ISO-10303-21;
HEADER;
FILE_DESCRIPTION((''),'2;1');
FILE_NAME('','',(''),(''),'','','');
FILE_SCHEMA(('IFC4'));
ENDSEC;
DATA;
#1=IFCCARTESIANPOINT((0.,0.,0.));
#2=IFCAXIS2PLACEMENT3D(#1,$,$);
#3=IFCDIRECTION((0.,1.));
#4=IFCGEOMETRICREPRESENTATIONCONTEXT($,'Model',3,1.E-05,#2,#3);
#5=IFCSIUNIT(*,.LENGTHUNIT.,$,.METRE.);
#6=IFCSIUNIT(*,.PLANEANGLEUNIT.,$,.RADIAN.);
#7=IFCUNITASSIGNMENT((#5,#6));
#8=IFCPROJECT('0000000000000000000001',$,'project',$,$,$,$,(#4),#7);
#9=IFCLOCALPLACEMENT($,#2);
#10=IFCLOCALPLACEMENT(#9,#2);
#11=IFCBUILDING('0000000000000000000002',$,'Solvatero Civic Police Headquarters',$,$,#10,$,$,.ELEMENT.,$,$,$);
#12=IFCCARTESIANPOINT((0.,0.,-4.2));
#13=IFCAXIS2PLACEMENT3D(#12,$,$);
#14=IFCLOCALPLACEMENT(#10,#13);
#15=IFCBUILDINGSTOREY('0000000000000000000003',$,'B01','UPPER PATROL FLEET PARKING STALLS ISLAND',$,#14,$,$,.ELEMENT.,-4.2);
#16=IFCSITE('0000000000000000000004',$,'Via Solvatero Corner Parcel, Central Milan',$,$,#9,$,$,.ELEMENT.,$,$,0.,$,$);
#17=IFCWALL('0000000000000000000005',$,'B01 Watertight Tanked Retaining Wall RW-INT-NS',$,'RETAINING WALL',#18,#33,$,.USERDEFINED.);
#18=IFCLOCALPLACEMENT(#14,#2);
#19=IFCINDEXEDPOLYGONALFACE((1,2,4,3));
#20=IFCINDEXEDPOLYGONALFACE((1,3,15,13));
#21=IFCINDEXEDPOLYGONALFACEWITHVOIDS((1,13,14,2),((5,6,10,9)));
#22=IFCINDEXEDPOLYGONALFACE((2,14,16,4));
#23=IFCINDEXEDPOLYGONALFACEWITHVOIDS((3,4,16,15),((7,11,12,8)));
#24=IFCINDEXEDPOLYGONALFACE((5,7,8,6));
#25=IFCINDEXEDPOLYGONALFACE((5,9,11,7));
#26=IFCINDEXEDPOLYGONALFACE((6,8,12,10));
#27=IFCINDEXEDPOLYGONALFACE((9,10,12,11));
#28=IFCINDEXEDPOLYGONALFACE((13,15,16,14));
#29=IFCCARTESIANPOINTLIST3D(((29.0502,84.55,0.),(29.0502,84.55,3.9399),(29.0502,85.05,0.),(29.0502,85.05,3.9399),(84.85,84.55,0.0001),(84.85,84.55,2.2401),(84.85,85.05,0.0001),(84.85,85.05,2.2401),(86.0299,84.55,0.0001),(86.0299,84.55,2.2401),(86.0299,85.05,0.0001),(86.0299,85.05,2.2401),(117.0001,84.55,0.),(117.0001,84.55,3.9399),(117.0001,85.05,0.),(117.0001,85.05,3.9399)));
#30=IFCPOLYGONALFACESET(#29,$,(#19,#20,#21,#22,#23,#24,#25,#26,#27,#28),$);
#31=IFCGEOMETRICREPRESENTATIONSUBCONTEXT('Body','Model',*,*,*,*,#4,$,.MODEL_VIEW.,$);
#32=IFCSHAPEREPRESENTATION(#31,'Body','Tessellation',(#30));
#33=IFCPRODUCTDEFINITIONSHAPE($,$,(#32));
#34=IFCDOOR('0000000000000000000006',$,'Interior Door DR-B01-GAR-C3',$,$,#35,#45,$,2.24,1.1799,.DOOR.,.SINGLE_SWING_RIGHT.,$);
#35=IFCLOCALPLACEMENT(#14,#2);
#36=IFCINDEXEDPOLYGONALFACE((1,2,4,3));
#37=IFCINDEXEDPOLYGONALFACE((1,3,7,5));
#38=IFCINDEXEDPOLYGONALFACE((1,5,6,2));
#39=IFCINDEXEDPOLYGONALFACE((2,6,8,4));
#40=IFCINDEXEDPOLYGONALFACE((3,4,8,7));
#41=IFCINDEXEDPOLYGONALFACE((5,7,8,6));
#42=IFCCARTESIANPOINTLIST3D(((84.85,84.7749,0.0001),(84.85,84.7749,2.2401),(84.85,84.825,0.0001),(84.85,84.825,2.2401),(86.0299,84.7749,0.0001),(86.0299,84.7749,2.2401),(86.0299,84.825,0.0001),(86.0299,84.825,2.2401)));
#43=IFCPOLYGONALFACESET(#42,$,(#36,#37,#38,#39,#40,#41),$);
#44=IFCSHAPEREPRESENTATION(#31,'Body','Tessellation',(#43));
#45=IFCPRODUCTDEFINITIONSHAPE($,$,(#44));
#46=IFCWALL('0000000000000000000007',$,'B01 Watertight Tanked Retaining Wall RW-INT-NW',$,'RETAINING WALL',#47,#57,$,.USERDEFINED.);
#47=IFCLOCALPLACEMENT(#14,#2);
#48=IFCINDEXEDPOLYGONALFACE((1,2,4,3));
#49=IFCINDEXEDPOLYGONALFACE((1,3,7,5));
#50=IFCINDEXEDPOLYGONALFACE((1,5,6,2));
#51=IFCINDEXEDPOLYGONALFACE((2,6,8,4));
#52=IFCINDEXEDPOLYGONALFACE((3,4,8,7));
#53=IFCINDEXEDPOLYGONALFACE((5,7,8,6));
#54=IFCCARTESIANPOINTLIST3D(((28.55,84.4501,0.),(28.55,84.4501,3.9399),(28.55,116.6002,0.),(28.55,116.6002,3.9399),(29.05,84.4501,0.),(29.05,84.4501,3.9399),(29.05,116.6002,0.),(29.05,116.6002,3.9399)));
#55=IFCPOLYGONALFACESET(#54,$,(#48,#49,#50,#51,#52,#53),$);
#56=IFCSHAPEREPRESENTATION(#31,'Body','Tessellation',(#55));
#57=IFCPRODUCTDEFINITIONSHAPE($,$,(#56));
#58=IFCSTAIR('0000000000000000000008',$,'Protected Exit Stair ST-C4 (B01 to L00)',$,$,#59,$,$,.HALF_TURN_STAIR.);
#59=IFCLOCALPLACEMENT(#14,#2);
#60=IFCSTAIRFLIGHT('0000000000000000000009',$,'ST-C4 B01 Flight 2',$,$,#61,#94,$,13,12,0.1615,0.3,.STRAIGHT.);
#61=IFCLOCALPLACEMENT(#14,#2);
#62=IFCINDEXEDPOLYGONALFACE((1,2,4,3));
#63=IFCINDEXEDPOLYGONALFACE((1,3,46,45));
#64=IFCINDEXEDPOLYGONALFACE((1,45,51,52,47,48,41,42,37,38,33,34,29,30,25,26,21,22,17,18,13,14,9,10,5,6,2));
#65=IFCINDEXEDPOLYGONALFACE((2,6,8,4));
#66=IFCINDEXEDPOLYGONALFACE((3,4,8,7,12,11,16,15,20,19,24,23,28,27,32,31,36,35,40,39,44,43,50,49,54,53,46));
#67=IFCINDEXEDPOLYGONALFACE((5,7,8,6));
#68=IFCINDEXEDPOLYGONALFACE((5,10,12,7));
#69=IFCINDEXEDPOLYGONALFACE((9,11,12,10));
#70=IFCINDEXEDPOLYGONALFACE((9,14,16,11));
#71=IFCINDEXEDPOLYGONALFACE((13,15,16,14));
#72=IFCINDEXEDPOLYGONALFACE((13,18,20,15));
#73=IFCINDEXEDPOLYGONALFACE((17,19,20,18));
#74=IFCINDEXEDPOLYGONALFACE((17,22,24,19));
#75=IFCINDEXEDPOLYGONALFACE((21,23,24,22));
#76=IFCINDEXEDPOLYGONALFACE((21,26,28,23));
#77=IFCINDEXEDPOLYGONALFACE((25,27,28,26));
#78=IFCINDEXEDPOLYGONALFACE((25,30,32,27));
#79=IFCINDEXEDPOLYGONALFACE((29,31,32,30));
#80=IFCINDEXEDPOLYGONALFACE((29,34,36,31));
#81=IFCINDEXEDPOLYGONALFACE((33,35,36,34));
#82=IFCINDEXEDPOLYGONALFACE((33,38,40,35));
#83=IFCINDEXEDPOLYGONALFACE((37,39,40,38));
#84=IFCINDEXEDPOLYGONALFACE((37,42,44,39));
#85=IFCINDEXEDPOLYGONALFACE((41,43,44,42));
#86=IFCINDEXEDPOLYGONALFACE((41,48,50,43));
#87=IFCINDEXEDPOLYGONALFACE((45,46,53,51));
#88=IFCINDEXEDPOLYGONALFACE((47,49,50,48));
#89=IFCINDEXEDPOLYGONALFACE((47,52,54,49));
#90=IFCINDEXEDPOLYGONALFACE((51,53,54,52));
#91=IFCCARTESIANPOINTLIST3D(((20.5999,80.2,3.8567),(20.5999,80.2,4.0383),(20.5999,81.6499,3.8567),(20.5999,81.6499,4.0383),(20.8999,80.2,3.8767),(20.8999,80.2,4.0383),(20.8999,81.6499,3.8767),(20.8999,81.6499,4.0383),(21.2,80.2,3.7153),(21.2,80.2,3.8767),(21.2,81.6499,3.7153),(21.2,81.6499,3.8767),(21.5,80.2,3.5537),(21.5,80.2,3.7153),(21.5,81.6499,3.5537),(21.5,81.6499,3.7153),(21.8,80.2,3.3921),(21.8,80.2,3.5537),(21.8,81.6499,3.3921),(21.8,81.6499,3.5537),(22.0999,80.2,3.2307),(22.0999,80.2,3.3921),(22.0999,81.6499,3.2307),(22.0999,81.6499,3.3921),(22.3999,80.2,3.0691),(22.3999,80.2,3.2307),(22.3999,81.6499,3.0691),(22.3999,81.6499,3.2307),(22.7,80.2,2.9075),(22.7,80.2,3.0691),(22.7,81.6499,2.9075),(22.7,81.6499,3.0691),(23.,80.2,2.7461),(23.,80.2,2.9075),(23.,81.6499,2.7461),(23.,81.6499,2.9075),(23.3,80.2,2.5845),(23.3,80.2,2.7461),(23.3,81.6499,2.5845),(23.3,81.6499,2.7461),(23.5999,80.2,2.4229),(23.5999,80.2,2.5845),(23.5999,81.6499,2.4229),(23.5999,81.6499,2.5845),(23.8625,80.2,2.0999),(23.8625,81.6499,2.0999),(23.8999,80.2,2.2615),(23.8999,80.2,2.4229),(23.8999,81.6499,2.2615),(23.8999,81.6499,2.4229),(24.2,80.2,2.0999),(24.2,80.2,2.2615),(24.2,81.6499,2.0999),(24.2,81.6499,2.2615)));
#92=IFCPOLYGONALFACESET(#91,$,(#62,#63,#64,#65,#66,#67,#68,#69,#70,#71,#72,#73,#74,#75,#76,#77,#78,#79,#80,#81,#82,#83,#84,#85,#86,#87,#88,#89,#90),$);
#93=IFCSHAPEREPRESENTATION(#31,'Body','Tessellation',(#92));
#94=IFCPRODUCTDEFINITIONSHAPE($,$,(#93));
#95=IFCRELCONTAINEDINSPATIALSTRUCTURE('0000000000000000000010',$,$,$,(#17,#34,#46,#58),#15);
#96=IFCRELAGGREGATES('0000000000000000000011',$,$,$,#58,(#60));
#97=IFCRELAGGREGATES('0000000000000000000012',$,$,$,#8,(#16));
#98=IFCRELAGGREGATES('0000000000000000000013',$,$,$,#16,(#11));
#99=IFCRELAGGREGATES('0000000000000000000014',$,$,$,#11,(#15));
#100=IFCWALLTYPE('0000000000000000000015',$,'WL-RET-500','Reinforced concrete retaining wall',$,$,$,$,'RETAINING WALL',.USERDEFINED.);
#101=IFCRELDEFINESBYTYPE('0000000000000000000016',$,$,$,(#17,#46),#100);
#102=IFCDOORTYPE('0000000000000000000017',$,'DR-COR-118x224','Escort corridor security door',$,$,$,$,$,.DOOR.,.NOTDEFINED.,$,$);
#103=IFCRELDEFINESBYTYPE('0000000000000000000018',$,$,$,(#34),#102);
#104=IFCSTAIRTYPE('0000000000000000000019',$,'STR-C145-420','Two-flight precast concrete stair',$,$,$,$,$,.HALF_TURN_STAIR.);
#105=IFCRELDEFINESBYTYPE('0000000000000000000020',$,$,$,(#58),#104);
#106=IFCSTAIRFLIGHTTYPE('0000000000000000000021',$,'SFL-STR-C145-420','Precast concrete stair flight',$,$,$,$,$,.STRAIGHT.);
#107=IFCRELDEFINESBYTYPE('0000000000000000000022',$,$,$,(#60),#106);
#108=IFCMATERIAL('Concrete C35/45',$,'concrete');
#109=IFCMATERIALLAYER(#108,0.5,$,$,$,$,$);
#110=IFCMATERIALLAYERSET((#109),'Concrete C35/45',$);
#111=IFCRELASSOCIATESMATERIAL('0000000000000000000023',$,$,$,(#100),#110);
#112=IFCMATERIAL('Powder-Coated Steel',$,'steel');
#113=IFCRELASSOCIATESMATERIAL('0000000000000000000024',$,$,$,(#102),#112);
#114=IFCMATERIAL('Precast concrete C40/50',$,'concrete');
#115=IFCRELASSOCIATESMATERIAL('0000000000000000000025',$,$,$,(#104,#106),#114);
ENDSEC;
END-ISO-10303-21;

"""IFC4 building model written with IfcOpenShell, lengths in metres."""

from ifc_helpers import new_model, si_unit, direction, frame, frame_2d, origin, place, context, subcontext, project, spatial, polyline, rectangle, outline, extrude, material, layer, layer_set, type_object, element, fill, aggregate, save


model = new_model("IFC4")

# Units and contexts
model_context = context("Model", 3, precision=1e-05, world=origin(), true_north=direction((0.0, 1.0)))
body_context = subcontext(model_context, "Body", "Model", "MODEL_VIEW")
ifc_project = project(units=[si_unit("LENGTHUNIT", "METRE"), si_unit("PLANEANGLEUNIT", "RADIAN")], contexts=[model_context])

# Site, building, storey
site_placement = place(None, origin())
site = spatial("IfcSite", under=ifc_project, at=site_placement, Name="Via Solvatero Corner Parcel, Central Milan", CompositionType="ELEMENT", RefElevation=0.0)
building_placement = place(site_placement, origin())
building = spatial("IfcBuilding", under=site, at=building_placement, Name="Solvatero Civic Police Headquarters", CompositionType="ELEMENT")
storey_placement = place(building_placement, frame((0.0, 0.0, -4.2)))
storey = spatial("IfcBuildingStorey", under=building, at=storey_placement, Name="B01", Description="UPPER PATROL FLEET PARKING STALLS ISLAND", CompositionType="ELEMENT", Elevation=-4.2)

# Wall, opening, door
ifc_material_1 = material(Name="Powder-Coated Steel", Category="steel")
ifc_material_2 = material(Name="Concrete C35/45", Category="concrete")
ifc_layer_1 = layer(ifc_material_2, 0.5)
ifc_layer_set_1 = layer_set([ifc_layer_1], Name="Concrete C35/45")
wall_type_1 = type_object("IfcWallType", Name="WL-RET-500", Description="Reinforced concrete retaining wall", ElementType="RETAINING WALL", PredefinedType="USERDEFINED", material=ifc_layer_set_1)
wall_1_placement = place(storey_placement, frame((29.05, 84.8, 0.0), z_axis=(0.0, 0.0, 1.0), x_axis=(1.0, 0.0, 0.0)))
wall_1 = element("IfcWall", 1, at=wall_1_placement, inside=storey, type_object=wall_type_1, Name="B01 Watertight Tanked Retaining Wall RW-INT-NS", ObjectType="RETAINING WALL", PredefinedType="USERDEFINED", context=body_context, shape_type="SweptSolid", body=[
    extrude(rectangle(XDim=87.95, YDim=0.5, at=frame_2d((43.9751, 0.0))), origin(), (0.0, 0.0, 1.0), 3.9399),
])
opening_1_placement = place(wall_1_placement, frame((55.8, 0.0, 0.0)))
opening_1 = element("IfcOpeningElement", 2, at=opening_1_placement, cuts=wall_1, PredefinedType="OPENING", context=body_context, shape_type="SweptSolid", body=[
    extrude(rectangle(XDim=1.1799, YDim=2.24, at=frame_2d((0.5898, 1.1201))), frame((0.0, 0.26, 0.0), z_axis=(0.0, -1.0, 0.0), x_axis=(1.0, 0.0, 0.0)), (0.0, 0.0, 1.0), 0.52),
])
door_type_1 = type_object("IfcDoorType", Name="DR-COR-118x224", Description="Escort corridor security door", OperationType="NOTDEFINED", PredefinedType="DOOR", material=ifc_material_1)
door_1_placement = place(opening_1_placement, origin())
door_1 = element("IfcDoor", 3, at=door_1_placement, inside=storey, type_object=door_type_1, Name="Interior Door DR-B01-GAR-C3", OperationType="SINGLE_SWING_RIGHT", OverallHeight=2.24, OverallWidth=1.1799, PredefinedType="DOOR", context=body_context, shape_type="SweptSolid", body=[
    extrude(rectangle(XDim=1.1799, YDim=2.24, at=frame_2d((0.5898, 1.1201))), frame((0.0, 0.0249, 0.0), z_axis=(0.0, -1.0, 0.0), x_axis=(1.0, 0.0, 0.0)), (0.0, 0.0, 1.0), 0.05),
])
fill(opening_1, door_1)

# Wall
wall_2_placement = place(storey_placement, frame((28.8, 84.45, 0.0), z_axis=(0.0, 0.0, 1.0), x_axis=(0.0, 1.0, 0.0)))
element("IfcWall", 4, at=wall_2_placement, inside=storey, type_object=wall_type_1, Name="B01 Watertight Tanked Retaining Wall RW-INT-NW", ObjectType="RETAINING WALL", PredefinedType="USERDEFINED", context=body_context, shape_type="SweptSolid", body=[
    extrude(rectangle(XDim=32.1501, YDim=0.5, at=frame_2d((16.0752, 0.0))), origin(), (0.0, 0.0, 1.0), 3.9399),
])

# Stair, stair flight
ifc_material_3 = material(Name="Precast concrete C40/50", Category="concrete")
stair_type = type_object("IfcStairType", Name="STR-C145-420", Description="Two-flight precast concrete stair", PredefinedType="HALF_TURN_STAIR", material=ifc_material_3)
stair_placement = place(storey_placement, origin())
stair = element("IfcStair", 5, at=stair_placement, inside=storey, type_object=stair_type, Name="Protected Exit Stair ST-C4 (B01 to L00)", PredefinedType="HALF_TURN_STAIR")
stair_flight_type = type_object("IfcStairFlightType", Name="SFL-STR-C145-420", Description="Precast concrete stair flight", PredefinedType="STRAIGHT", material=ifc_material_3)
stair_flight_placement = place(storey_placement, frame((24.2, 80.925, 2.0999), z_axis=(0.0, 0.0, 1.0), x_axis=(-1.0, 0.0, 0.0)))
stair_flight = element("IfcStairFlight", 6, at=stair_flight_placement, type_object=stair_flight_type, Name="ST-C4 B01 Flight 2", NumberOfRisers=13, NumberOfTreads=12, PredefinedType="STRAIGHT", RiserHeight=0.1615, TreadLength=0.3, context=body_context, shape_type="SweptSolid", body=[
    extrude(outline(polyline([(0.0, 0.0), (0.0, 0.1616), (0.3, 0.1616), (0.3, 0.323), (0.6001, 0.323), (0.6001, 0.4846), (0.8999, 0.4846), (0.8999, 0.6462), (1.2, 0.6462), (1.2, 0.8076), (1.5, 0.8076), (1.5, 0.9692), (1.8, 0.9692), (1.8, 1.1309), (2.1001, 1.1309), (2.1001, 1.2922), (2.3999, 1.2922), (2.3999, 1.4539), (2.7, 1.4539), (2.7, 1.6155), (3.0, 1.6155), (3.0, 1.7769), (3.3, 1.7769), (3.3, 1.9385), (3.6001, 1.9385), (3.6001, 2.1001), (3.6001, 1.7568), (0.3374, 0.0), (0.0, 0.0)])), frame((0.0, 0.7251, 0.0), z_axis=(0.0, -1.0, 0.0), x_axis=(1.0, 0.0, 0.0)), (0.0, 0.0, 1.0), 1.45),
])
aggregate(stair, [stair_flight])

save(model, "model.ifc")
